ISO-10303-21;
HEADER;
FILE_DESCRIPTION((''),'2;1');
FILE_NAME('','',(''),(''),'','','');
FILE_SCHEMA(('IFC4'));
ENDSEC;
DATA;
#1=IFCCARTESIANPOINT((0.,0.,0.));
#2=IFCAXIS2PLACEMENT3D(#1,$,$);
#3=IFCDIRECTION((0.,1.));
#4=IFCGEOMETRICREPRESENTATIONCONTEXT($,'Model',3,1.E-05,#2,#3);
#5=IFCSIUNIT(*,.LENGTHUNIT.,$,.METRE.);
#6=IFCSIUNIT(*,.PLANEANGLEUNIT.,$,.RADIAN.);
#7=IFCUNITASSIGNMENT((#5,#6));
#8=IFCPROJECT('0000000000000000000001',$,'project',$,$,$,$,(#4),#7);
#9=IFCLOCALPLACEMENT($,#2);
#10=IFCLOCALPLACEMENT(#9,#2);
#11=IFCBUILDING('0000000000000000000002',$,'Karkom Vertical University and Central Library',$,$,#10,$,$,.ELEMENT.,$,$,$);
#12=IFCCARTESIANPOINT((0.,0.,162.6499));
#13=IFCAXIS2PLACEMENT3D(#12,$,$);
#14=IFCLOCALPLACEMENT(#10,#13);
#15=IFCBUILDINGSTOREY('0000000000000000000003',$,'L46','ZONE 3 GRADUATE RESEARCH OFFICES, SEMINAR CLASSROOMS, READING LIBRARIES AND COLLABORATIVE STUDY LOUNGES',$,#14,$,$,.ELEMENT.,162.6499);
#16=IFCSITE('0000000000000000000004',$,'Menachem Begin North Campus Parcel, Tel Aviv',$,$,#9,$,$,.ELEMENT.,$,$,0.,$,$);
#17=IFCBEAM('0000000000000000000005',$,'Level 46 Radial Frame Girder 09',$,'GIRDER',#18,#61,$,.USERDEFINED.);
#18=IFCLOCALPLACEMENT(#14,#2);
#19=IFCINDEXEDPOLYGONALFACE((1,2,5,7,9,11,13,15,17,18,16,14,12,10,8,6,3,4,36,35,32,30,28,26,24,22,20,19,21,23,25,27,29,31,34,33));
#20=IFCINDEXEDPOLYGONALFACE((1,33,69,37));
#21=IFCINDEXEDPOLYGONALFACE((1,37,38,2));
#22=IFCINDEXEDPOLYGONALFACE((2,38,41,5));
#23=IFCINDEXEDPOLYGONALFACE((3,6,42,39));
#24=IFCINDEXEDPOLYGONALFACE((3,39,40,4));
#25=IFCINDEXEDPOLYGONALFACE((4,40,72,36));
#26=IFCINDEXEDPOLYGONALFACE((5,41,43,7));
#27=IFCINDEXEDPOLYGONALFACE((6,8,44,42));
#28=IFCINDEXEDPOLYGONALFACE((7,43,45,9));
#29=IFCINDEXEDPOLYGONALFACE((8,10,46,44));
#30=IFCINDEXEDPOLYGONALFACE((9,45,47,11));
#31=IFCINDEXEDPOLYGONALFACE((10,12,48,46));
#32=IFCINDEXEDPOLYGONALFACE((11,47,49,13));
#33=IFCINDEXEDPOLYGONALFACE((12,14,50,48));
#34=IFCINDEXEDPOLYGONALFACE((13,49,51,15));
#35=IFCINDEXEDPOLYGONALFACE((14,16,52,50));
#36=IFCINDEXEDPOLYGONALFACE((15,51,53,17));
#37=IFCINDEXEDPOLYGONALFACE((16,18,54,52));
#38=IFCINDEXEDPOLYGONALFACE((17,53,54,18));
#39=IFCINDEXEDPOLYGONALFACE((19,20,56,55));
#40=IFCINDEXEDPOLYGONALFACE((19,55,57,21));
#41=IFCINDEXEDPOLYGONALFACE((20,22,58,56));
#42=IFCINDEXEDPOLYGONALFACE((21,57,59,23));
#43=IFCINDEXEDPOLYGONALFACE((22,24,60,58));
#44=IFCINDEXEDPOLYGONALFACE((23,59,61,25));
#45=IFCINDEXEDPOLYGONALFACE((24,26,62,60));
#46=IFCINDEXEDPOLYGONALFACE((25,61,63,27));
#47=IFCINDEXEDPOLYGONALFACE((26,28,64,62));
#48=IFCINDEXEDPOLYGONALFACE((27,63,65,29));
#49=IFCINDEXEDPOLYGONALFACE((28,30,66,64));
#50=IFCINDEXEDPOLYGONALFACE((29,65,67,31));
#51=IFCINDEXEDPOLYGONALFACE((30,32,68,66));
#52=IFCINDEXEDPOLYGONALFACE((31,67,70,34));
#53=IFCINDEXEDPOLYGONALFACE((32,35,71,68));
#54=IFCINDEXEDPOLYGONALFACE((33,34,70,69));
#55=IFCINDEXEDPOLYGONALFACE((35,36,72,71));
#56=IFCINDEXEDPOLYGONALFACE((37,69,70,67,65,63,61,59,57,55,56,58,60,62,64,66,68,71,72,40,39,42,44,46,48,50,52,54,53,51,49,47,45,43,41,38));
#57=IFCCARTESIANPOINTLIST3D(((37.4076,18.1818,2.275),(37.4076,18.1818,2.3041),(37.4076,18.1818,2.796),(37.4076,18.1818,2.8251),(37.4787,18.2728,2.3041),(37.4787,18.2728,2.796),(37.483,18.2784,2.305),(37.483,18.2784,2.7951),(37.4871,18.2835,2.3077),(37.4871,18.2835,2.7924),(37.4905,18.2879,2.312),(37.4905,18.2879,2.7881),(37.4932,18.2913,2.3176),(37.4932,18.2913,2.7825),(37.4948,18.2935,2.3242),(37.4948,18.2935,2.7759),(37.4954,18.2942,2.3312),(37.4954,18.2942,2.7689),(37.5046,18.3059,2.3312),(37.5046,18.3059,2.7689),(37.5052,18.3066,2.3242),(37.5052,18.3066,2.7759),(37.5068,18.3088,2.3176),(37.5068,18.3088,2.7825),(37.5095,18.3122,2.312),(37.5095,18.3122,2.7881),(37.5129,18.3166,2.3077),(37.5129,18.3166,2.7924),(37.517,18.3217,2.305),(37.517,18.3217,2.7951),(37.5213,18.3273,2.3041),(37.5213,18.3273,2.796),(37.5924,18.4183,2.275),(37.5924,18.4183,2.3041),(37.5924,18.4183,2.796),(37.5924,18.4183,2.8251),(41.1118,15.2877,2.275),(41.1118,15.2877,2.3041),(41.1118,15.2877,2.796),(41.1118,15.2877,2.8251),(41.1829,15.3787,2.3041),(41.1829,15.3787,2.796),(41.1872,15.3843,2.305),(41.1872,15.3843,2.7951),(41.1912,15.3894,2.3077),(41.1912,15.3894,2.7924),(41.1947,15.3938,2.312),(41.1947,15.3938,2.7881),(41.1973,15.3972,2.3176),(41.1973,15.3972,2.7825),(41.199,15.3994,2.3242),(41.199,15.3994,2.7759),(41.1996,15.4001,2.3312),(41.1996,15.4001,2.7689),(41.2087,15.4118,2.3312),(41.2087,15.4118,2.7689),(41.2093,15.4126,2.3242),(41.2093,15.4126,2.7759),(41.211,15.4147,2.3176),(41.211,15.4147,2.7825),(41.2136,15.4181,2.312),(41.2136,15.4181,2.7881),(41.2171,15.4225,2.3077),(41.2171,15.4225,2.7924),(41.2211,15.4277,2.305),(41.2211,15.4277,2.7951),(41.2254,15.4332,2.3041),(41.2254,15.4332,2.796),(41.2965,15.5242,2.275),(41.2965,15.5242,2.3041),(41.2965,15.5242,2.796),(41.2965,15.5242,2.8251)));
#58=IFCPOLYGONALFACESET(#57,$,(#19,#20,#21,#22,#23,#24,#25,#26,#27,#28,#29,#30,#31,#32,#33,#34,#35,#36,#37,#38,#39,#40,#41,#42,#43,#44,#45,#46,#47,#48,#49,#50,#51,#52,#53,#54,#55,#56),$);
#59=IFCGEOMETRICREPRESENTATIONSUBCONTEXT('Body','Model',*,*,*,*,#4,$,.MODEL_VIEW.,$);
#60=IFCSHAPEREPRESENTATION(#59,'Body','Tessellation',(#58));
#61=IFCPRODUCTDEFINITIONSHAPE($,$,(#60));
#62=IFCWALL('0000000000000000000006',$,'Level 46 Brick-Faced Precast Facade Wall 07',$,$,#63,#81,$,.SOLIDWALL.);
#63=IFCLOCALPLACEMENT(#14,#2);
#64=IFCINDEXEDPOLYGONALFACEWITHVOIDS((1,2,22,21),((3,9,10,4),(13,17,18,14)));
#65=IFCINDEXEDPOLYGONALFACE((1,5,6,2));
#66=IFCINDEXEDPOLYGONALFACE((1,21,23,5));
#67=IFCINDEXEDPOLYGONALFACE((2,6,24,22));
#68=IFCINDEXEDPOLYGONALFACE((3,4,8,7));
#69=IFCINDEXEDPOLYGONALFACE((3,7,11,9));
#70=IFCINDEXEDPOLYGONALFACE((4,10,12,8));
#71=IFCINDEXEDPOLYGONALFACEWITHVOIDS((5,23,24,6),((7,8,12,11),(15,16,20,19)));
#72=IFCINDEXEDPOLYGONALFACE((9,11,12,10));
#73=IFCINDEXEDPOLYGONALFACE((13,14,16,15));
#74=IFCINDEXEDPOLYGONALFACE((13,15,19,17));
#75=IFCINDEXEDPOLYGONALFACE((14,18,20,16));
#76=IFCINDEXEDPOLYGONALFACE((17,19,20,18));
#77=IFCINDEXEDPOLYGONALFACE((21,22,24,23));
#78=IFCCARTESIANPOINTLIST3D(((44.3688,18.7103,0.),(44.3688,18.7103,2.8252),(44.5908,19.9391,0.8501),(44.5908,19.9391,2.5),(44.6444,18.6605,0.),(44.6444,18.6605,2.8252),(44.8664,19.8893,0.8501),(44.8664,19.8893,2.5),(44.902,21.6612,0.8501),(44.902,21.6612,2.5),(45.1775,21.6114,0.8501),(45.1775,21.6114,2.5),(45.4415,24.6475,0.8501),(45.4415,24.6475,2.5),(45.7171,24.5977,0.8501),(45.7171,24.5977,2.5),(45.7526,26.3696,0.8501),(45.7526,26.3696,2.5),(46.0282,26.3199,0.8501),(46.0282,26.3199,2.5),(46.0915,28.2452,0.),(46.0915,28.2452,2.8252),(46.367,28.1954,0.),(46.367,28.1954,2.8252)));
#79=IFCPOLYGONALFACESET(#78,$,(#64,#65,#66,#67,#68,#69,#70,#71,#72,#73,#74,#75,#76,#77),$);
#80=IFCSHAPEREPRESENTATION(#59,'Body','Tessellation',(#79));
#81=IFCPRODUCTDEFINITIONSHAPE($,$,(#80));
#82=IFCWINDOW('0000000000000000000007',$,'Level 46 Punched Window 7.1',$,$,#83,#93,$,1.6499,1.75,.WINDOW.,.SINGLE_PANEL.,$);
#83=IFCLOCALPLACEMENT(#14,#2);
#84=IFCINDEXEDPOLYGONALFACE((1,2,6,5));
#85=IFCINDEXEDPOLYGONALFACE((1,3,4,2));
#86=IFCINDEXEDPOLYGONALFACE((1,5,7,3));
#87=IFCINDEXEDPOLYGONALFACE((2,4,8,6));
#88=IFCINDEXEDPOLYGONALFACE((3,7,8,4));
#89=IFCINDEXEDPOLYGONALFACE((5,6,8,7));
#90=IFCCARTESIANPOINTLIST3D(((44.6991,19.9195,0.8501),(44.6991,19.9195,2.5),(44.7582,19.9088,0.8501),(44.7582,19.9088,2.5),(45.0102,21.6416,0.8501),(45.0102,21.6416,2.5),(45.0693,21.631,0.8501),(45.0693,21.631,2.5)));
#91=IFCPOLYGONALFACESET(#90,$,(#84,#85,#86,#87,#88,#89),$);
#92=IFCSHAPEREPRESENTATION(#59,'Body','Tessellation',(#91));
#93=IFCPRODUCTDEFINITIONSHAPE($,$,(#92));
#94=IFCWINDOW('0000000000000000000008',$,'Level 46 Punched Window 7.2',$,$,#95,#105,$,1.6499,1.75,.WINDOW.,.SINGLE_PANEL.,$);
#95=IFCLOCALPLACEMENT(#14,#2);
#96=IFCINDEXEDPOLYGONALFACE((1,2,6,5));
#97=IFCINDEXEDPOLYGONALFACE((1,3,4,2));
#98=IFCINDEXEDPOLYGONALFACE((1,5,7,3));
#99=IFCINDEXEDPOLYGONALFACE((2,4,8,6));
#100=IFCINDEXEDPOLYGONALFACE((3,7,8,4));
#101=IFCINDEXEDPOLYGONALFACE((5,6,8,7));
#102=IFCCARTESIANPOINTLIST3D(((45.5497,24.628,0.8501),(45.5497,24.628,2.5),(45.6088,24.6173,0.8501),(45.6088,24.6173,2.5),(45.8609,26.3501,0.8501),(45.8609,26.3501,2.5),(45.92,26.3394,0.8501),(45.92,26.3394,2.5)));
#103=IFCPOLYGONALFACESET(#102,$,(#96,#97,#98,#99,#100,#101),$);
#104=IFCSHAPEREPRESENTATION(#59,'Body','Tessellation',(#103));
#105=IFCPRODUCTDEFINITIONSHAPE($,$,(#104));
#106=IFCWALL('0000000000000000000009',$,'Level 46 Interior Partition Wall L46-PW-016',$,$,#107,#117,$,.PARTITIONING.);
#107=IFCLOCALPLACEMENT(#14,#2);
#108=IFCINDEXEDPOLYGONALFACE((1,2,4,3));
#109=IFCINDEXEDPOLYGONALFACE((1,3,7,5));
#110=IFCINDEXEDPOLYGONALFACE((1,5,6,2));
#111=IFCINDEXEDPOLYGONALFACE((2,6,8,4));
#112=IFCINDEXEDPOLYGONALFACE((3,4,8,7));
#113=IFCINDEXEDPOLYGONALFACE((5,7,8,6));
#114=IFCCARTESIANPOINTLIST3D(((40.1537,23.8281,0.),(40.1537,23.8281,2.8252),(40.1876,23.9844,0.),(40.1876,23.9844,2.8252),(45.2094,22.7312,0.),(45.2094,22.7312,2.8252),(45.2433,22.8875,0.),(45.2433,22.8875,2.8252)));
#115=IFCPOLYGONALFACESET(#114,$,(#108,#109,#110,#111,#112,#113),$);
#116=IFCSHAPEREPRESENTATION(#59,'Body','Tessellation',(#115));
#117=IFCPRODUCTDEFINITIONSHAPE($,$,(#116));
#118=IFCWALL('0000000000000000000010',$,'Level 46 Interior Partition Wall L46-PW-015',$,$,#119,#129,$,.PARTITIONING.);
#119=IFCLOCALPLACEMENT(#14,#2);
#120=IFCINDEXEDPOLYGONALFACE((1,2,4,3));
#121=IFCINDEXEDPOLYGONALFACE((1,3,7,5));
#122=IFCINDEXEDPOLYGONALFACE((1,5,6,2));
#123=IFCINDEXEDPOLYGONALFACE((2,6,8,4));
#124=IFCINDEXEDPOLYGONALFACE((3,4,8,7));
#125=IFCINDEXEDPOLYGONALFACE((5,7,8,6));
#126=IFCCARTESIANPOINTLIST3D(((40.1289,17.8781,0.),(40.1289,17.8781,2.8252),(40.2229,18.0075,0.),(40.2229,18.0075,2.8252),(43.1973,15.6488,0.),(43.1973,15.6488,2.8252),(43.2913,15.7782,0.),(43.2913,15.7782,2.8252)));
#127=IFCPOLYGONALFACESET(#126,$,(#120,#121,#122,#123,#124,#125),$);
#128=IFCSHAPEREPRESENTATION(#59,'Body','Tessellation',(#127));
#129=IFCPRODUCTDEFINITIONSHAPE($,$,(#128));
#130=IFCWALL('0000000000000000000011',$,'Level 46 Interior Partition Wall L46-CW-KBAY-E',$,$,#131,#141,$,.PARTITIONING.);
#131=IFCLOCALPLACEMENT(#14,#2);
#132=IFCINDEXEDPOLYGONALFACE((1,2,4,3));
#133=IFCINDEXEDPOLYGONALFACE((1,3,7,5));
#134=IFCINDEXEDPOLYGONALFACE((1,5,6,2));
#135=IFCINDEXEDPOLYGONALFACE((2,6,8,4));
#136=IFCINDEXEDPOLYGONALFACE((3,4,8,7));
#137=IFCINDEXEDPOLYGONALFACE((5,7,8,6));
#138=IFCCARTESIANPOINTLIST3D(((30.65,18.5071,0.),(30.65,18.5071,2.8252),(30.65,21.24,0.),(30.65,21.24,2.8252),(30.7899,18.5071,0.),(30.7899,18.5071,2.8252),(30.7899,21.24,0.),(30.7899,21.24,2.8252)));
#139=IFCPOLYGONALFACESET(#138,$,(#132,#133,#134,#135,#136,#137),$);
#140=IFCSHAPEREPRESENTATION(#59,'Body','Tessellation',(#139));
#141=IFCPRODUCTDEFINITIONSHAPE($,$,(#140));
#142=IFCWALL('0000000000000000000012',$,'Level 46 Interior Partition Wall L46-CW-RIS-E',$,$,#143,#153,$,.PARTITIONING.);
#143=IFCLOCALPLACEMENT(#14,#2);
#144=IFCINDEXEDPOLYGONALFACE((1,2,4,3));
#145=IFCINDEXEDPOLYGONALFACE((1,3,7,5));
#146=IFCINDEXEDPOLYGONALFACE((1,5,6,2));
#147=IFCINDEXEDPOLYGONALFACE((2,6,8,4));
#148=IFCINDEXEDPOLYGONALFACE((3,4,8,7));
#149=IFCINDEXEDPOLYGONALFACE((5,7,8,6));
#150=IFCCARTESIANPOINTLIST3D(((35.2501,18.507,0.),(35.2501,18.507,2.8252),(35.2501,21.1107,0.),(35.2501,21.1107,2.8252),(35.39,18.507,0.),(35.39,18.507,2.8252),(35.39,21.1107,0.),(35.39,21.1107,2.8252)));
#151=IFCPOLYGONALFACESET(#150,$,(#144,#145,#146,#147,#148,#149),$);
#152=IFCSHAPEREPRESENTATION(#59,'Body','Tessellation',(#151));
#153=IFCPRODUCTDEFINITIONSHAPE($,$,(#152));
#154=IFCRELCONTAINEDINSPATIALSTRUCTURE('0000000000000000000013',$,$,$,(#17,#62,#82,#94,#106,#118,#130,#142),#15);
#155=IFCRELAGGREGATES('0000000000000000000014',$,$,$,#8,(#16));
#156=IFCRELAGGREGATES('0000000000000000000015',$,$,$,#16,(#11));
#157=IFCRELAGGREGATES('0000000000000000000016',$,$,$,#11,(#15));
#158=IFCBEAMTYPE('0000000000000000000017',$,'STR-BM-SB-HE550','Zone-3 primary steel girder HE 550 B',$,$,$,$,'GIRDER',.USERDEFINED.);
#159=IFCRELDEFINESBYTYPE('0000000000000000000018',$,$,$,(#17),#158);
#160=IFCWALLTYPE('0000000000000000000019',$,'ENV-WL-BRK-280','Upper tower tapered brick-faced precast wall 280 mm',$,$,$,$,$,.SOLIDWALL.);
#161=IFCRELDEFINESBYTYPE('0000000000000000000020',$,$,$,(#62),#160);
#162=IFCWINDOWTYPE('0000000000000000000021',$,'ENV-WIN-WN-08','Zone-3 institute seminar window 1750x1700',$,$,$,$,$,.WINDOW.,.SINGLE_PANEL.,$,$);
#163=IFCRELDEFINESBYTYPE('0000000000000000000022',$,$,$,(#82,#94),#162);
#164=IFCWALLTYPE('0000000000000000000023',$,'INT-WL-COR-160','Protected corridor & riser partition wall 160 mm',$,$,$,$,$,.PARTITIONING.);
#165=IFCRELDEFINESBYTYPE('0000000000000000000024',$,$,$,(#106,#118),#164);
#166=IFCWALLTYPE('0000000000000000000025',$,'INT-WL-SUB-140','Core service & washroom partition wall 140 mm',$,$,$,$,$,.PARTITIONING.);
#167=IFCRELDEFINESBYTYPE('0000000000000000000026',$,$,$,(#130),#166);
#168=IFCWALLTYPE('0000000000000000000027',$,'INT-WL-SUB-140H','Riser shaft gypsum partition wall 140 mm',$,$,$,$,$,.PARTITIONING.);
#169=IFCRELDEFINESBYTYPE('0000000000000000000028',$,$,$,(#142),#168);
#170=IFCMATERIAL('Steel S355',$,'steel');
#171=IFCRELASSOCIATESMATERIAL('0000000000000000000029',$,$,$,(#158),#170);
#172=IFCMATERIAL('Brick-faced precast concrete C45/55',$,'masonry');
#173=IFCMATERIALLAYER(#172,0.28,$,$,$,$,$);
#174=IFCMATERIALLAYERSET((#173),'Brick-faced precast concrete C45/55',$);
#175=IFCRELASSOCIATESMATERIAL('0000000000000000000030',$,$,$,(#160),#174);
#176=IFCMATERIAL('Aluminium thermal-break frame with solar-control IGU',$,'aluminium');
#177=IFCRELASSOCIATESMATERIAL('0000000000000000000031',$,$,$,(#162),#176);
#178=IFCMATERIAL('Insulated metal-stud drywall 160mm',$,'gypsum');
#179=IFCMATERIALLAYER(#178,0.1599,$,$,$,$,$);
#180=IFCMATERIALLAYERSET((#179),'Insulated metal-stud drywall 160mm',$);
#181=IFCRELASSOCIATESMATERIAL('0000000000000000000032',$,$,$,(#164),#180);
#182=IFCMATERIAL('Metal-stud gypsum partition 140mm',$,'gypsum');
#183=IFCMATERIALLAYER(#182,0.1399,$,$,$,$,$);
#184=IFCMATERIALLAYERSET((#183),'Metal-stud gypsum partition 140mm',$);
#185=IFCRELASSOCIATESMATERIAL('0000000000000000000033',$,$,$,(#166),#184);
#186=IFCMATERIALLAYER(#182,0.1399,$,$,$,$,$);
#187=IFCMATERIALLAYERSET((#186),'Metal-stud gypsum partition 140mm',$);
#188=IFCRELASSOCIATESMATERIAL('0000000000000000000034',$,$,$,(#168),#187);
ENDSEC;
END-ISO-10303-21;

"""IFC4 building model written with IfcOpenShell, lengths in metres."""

from ifc_helpers import new_model, si_unit, direction, frame, frame_2d, origin, origin_with_axes, origin_2d, place, context, subcontext, project, spatial, rectangle, i_section, extrude, source, transform, mapped, material, layer, layer_set, material_profile, profile_set, type_object, element, fill, save


model = new_model("IFC4")

# Units and contexts
model_context = context("Model", 3, precision=1e-05, world=origin(), true_north=direction((0.0, 1.0)))
body_context = subcontext(model_context, "Body", "Model", "MODEL_VIEW")
ifc_project = project(units=[si_unit("LENGTHUNIT", "METRE"), si_unit("PLANEANGLEUNIT", "RADIAN")], contexts=[model_context])

# Site, building, storey
site_placement = place(None, origin())
site = spatial("IfcSite", under=ifc_project, at=site_placement, Name="Menachem Begin North Campus Parcel, Tel Aviv", CompositionType="ELEMENT", RefElevation=0.0)
building_placement = place(site_placement, origin())
building = spatial("IfcBuilding", under=site, at=building_placement, Name="Karkom Vertical University and Central Library", CompositionType="ELEMENT")
storey_placement = place(building_placement, frame((0.0, 0.0, 162.6499)))
storey = spatial("IfcBuildingStorey", under=building, at=storey_placement, Name="L46", Description="ZONE 3 GRADUATE RESEARCH OFFICES, SEMINAR CLASSROOMS, READING LIBRARIES AND COLLABORATIVE STUDY LOUNGES", CompositionType="ELEMENT", Elevation=162.6499)

# Beam
ifc_material_1 = material(Name="Steel S355", Category="steel")
ifc_material_profile_1 = material_profile(ifc_material_1, i_section(OverallWidth=0.3, OverallDepth=0.55, WebThickness=0.0149, FlangeThickness=0.0291, FilletRadius=0.0271, at=origin_2d()), Name="HE 550 B")
ifc_profile_set_1 = profile_set([ifc_material_profile_1], Name="Steel S355")
beam_type_1 = type_object("IfcBeamType", Name="STR-BM-SB-HE550", Description="Zone-3 primary steel girder HE 550 B", ElementType="GIRDER", PredefinedType="USERDEFINED", material=ifc_profile_set_1)
shared_shape_1 = source(origin_with_axes(), body_context, "Body", "SweptSolid", [
    extrude(i_section(OverallWidth=0.3, OverallDepth=0.55, WebThickness=0.0149, FlangeThickness=0.0291, FilletRadius=0.0271, at=origin_2d()), origin(), (0.0, 0.0, 1.0), 4.7007),
])
beam_1_placement = place(storey_placement, frame((37.5, 18.3, 2.55), z_axis=(0.788002, -0.615672, 0.0), x_axis=(0.615672, 0.788002, 0.0)))
element("IfcBeam", 1, at=beam_1_placement, inside=storey, type_object=beam_type_1, Name="Level 46 Radial Frame Girder 09", ObjectType="GIRDER", PredefinedType="USERDEFINED", context=body_context, shape_type="MappedRepresentation", body=[
    mapped(shared_shape_1, transform((0.0, 0.0, 0.0), scale=1.0)),
])

# Wall, openings, windows
ifc_material_2 = material(Name="Brick-faced precast concrete C45/55", Category="masonry")
ifc_layer_1 = layer(ifc_material_2, 0.28)
ifc_layer_set_1 = layer_set([ifc_layer_1], Name="Brick-faced precast concrete C45/55")
wall_type_1 = type_object("IfcWallType", Name="ENV-WL-BRK-280", Description="Upper tower tapered brick-faced precast wall 280 mm", PredefinedType="SOLIDWALL", material=ifc_layer_set_1)
wall_1_placement = place(storey_placement, frame((44.5066, 18.6853, 0.0), z_axis=(0.0, 0.0, 1.0), x_axis=(0.17779, 0.984068, 0.0)))
wall_1 = element("IfcWall", 2, at=wall_1_placement, inside=storey, type_object=wall_type_1, Name="Level 46 Brick-Faced Precast Facade Wall 07", PredefinedType="SOLIDWALL", context=body_context, shape_type="SweptSolid", body=[
    extrude(rectangle(XDim=9.6892, YDim=0.28, at=frame_2d((4.8447, 0.0))), origin(), (0.0, 0.0, 1.0), 2.8252),
])
opening_1_placement = place(wall_1_placement, frame((1.2488, 0.0, 0.8501)))
opening_1 = element("IfcOpeningElement", 3, at=opening_1_placement, cuts=wall_1, PredefinedType="OPENING", context=body_context, shape_type="SweptSolid", body=[
    extrude(rectangle(XDim=1.75, YDim=1.6499, at=frame_2d((0.875, 0.825))), frame((0.0, 0.1499, 0.0), z_axis=(0.0, -1.0, 0.0), x_axis=(1.0, 0.0, 0.0)), (0.0, 0.0, 1.0), 0.3),
])
opening_2_placement = place(wall_1_placement, frame((6.0334, 0.0, 0.8501)))
opening_2 = element("IfcOpeningElement", 4, at=opening_2_placement, cuts=wall_1, PredefinedType="OPENING", context=body_context, shape_type="SweptSolid", body=[
    extrude(rectangle(XDim=1.75, YDim=1.6499, at=frame_2d((0.875, 0.825))), frame((0.0, 0.1499, 0.0), z_axis=(0.0, -1.0, 0.0), x_axis=(1.0, 0.0, 0.0)), (0.0, 0.0, 1.0), 0.3),
])
ifc_material_3 = material(Name="Aluminium thermal-break frame with solar-control IGU", Category="aluminium")
window_type = type_object("IfcWindowType", Name="ENV-WIN-WN-08", Description="Zone-3 institute seminar window 1750x1700", PartitioningType="SINGLE_PANEL", PredefinedType="WINDOW", material=ifc_material_3)
shared_shape_2 = source(origin_with_axes(), body_context, "Body", "SweptSolid", [
    extrude(rectangle(XDim=1.75, YDim=1.6499, at=frame_2d((0.875, 0.825))), frame((0.0, 0.03, 0.0), z_axis=(0.0, -1.0, 0.0), x_axis=(1.0, 0.0, 0.0)), (0.0, 0.0, 1.0), 0.0601),
])
window_1_placement = place(opening_1_placement, origin())
window_1 = element("IfcWindow", 5, at=window_1_placement, inside=storey, type_object=window_type, Name="Level 46 Punched Window 7.1", OverallHeight=1.6499, OverallWidth=1.75, PartitioningType="SINGLE_PANEL", PredefinedType="WINDOW", context=body_context, shape_type="MappedRepresentation", body=[
    mapped(shared_shape_2, transform((0.0, 0.0, 0.0), scale=1.0)),
])
fill(opening_1, window_1)
window_2_placement = place(opening_2_placement, origin())
window_2 = element("IfcWindow", 6, at=window_2_placement, inside=storey, type_object=window_type, Name="Level 46 Punched Window 7.2", OverallHeight=1.6499, OverallWidth=1.75, PartitioningType="SINGLE_PANEL", PredefinedType="WINDOW", context=body_context, shape_type="MappedRepresentation", body=[
    mapped(shared_shape_2, transform((0.0, 0.0, 0.0), scale=1.0)),
])
fill(opening_2, window_2)

# Walls
ifc_material_4 = material(Name="Insulated metal-stud drywall 160mm", Category="gypsum")
ifc_layer_2 = layer(ifc_material_4, 0.1599)
ifc_layer_set_2 = layer_set([ifc_layer_2], Name="Insulated metal-stud drywall 160mm")
wall_type_2 = type_object("IfcWallType", Name="INT-WL-COR-160", Description="Protected corridor & riser partition wall 160 mm", PredefinedType="PARTITIONING", material=ifc_layer_set_2)
wall_2_placement = place(storey_placement, frame((40.1707, 23.9062, 0.0), z_axis=(0.0, 0.0, 1.0), x_axis=(0.977262, -0.212036, 0.0)))
element("IfcWall", 7, at=wall_2_placement, inside=storey, type_object=wall_type_2, Name="Level 46 Interior Partition Wall L46-PW-016", PredefinedType="PARTITIONING", context=body_context, shape_type="SweptSolid", body=[
    extrude(rectangle(XDim=5.1733, YDim=0.1599, at=frame_2d((2.5867, 0.0))), origin(), (0.0, 0.0, 1.0), 2.8252),
])
wall_3_placement = place(storey_placement, frame((40.1758, 17.9429, 0.0), z_axis=(0.0, 0.0, 1.0), x_axis=(0.809023, -0.587777, 0.0)))
element("IfcWall", 8, at=wall_3_placement, inside=storey, type_object=wall_type_2, Name="Level 46 Interior Partition Wall L46-PW-015", PredefinedType="PARTITIONING", context=body_context, shape_type="SweptSolid", body=[
    extrude(rectangle(XDim=3.7927, YDim=0.1599, at=frame_2d((1.8965, 0.0))), origin(), (0.0, 0.0, 1.0), 2.8252),
])
ifc_material_5 = material(Name="Metal-stud gypsum partition 140mm", Category="gypsum")
ifc_layer_3 = layer(ifc_material_5, 0.1399)
ifc_layer_set_3 = layer_set([ifc_layer_3], Name="Metal-stud gypsum partition 140mm")
wall_type_3 = type_object("IfcWallType", Name="INT-WL-SUB-140", Description="Core service & washroom partition wall 140 mm", PredefinedType="PARTITIONING", material=ifc_layer_set_3)
wall_4_placement = place(storey_placement, frame((30.72, 18.5071, 0.0), z_axis=(0.0, 0.0, 1.0), x_axis=(0.0, 1.0, 0.0)))
element("IfcWall", 9, at=wall_4_placement, inside=storey, type_object=wall_type_3, Name="Level 46 Interior Partition Wall L46-CW-KBAY-E", PredefinedType="PARTITIONING", context=body_context, shape_type="SweptSolid", body=[
    extrude(rectangle(XDim=2.7329, YDim=0.1399, at=frame_2d((1.3665, 0.0))), origin(), (0.0, 0.0, 1.0), 2.8252),
])
ifc_layer_4 = layer(ifc_material_5, 0.1399)
ifc_layer_set_4 = layer_set([ifc_layer_4], Name="Metal-stud gypsum partition 140mm")
wall_type_4 = type_object("IfcWallType", Name="INT-WL-SUB-140H", Description="Riser shaft gypsum partition wall 140 mm", PredefinedType="PARTITIONING", material=ifc_layer_set_4)
wall_5_placement = place(storey_placement, frame((35.3201, 18.5071, 0.0), z_axis=(0.0, 0.0, 1.0), x_axis=(0.0, 1.0, 0.0)))
element("IfcWall", 10, at=wall_5_placement, inside=storey, type_object=wall_type_4, Name="Level 46 Interior Partition Wall L46-CW-RIS-E", PredefinedType="PARTITIONING", context=body_context, shape_type="SweptSolid", body=[
    extrude(rectangle(XDim=2.6038, YDim=0.1399, at=frame_2d((1.3018, 0.0))), origin(), (0.0, 0.0, 1.0), 2.8252),
])

save(model, "model.ifc")
